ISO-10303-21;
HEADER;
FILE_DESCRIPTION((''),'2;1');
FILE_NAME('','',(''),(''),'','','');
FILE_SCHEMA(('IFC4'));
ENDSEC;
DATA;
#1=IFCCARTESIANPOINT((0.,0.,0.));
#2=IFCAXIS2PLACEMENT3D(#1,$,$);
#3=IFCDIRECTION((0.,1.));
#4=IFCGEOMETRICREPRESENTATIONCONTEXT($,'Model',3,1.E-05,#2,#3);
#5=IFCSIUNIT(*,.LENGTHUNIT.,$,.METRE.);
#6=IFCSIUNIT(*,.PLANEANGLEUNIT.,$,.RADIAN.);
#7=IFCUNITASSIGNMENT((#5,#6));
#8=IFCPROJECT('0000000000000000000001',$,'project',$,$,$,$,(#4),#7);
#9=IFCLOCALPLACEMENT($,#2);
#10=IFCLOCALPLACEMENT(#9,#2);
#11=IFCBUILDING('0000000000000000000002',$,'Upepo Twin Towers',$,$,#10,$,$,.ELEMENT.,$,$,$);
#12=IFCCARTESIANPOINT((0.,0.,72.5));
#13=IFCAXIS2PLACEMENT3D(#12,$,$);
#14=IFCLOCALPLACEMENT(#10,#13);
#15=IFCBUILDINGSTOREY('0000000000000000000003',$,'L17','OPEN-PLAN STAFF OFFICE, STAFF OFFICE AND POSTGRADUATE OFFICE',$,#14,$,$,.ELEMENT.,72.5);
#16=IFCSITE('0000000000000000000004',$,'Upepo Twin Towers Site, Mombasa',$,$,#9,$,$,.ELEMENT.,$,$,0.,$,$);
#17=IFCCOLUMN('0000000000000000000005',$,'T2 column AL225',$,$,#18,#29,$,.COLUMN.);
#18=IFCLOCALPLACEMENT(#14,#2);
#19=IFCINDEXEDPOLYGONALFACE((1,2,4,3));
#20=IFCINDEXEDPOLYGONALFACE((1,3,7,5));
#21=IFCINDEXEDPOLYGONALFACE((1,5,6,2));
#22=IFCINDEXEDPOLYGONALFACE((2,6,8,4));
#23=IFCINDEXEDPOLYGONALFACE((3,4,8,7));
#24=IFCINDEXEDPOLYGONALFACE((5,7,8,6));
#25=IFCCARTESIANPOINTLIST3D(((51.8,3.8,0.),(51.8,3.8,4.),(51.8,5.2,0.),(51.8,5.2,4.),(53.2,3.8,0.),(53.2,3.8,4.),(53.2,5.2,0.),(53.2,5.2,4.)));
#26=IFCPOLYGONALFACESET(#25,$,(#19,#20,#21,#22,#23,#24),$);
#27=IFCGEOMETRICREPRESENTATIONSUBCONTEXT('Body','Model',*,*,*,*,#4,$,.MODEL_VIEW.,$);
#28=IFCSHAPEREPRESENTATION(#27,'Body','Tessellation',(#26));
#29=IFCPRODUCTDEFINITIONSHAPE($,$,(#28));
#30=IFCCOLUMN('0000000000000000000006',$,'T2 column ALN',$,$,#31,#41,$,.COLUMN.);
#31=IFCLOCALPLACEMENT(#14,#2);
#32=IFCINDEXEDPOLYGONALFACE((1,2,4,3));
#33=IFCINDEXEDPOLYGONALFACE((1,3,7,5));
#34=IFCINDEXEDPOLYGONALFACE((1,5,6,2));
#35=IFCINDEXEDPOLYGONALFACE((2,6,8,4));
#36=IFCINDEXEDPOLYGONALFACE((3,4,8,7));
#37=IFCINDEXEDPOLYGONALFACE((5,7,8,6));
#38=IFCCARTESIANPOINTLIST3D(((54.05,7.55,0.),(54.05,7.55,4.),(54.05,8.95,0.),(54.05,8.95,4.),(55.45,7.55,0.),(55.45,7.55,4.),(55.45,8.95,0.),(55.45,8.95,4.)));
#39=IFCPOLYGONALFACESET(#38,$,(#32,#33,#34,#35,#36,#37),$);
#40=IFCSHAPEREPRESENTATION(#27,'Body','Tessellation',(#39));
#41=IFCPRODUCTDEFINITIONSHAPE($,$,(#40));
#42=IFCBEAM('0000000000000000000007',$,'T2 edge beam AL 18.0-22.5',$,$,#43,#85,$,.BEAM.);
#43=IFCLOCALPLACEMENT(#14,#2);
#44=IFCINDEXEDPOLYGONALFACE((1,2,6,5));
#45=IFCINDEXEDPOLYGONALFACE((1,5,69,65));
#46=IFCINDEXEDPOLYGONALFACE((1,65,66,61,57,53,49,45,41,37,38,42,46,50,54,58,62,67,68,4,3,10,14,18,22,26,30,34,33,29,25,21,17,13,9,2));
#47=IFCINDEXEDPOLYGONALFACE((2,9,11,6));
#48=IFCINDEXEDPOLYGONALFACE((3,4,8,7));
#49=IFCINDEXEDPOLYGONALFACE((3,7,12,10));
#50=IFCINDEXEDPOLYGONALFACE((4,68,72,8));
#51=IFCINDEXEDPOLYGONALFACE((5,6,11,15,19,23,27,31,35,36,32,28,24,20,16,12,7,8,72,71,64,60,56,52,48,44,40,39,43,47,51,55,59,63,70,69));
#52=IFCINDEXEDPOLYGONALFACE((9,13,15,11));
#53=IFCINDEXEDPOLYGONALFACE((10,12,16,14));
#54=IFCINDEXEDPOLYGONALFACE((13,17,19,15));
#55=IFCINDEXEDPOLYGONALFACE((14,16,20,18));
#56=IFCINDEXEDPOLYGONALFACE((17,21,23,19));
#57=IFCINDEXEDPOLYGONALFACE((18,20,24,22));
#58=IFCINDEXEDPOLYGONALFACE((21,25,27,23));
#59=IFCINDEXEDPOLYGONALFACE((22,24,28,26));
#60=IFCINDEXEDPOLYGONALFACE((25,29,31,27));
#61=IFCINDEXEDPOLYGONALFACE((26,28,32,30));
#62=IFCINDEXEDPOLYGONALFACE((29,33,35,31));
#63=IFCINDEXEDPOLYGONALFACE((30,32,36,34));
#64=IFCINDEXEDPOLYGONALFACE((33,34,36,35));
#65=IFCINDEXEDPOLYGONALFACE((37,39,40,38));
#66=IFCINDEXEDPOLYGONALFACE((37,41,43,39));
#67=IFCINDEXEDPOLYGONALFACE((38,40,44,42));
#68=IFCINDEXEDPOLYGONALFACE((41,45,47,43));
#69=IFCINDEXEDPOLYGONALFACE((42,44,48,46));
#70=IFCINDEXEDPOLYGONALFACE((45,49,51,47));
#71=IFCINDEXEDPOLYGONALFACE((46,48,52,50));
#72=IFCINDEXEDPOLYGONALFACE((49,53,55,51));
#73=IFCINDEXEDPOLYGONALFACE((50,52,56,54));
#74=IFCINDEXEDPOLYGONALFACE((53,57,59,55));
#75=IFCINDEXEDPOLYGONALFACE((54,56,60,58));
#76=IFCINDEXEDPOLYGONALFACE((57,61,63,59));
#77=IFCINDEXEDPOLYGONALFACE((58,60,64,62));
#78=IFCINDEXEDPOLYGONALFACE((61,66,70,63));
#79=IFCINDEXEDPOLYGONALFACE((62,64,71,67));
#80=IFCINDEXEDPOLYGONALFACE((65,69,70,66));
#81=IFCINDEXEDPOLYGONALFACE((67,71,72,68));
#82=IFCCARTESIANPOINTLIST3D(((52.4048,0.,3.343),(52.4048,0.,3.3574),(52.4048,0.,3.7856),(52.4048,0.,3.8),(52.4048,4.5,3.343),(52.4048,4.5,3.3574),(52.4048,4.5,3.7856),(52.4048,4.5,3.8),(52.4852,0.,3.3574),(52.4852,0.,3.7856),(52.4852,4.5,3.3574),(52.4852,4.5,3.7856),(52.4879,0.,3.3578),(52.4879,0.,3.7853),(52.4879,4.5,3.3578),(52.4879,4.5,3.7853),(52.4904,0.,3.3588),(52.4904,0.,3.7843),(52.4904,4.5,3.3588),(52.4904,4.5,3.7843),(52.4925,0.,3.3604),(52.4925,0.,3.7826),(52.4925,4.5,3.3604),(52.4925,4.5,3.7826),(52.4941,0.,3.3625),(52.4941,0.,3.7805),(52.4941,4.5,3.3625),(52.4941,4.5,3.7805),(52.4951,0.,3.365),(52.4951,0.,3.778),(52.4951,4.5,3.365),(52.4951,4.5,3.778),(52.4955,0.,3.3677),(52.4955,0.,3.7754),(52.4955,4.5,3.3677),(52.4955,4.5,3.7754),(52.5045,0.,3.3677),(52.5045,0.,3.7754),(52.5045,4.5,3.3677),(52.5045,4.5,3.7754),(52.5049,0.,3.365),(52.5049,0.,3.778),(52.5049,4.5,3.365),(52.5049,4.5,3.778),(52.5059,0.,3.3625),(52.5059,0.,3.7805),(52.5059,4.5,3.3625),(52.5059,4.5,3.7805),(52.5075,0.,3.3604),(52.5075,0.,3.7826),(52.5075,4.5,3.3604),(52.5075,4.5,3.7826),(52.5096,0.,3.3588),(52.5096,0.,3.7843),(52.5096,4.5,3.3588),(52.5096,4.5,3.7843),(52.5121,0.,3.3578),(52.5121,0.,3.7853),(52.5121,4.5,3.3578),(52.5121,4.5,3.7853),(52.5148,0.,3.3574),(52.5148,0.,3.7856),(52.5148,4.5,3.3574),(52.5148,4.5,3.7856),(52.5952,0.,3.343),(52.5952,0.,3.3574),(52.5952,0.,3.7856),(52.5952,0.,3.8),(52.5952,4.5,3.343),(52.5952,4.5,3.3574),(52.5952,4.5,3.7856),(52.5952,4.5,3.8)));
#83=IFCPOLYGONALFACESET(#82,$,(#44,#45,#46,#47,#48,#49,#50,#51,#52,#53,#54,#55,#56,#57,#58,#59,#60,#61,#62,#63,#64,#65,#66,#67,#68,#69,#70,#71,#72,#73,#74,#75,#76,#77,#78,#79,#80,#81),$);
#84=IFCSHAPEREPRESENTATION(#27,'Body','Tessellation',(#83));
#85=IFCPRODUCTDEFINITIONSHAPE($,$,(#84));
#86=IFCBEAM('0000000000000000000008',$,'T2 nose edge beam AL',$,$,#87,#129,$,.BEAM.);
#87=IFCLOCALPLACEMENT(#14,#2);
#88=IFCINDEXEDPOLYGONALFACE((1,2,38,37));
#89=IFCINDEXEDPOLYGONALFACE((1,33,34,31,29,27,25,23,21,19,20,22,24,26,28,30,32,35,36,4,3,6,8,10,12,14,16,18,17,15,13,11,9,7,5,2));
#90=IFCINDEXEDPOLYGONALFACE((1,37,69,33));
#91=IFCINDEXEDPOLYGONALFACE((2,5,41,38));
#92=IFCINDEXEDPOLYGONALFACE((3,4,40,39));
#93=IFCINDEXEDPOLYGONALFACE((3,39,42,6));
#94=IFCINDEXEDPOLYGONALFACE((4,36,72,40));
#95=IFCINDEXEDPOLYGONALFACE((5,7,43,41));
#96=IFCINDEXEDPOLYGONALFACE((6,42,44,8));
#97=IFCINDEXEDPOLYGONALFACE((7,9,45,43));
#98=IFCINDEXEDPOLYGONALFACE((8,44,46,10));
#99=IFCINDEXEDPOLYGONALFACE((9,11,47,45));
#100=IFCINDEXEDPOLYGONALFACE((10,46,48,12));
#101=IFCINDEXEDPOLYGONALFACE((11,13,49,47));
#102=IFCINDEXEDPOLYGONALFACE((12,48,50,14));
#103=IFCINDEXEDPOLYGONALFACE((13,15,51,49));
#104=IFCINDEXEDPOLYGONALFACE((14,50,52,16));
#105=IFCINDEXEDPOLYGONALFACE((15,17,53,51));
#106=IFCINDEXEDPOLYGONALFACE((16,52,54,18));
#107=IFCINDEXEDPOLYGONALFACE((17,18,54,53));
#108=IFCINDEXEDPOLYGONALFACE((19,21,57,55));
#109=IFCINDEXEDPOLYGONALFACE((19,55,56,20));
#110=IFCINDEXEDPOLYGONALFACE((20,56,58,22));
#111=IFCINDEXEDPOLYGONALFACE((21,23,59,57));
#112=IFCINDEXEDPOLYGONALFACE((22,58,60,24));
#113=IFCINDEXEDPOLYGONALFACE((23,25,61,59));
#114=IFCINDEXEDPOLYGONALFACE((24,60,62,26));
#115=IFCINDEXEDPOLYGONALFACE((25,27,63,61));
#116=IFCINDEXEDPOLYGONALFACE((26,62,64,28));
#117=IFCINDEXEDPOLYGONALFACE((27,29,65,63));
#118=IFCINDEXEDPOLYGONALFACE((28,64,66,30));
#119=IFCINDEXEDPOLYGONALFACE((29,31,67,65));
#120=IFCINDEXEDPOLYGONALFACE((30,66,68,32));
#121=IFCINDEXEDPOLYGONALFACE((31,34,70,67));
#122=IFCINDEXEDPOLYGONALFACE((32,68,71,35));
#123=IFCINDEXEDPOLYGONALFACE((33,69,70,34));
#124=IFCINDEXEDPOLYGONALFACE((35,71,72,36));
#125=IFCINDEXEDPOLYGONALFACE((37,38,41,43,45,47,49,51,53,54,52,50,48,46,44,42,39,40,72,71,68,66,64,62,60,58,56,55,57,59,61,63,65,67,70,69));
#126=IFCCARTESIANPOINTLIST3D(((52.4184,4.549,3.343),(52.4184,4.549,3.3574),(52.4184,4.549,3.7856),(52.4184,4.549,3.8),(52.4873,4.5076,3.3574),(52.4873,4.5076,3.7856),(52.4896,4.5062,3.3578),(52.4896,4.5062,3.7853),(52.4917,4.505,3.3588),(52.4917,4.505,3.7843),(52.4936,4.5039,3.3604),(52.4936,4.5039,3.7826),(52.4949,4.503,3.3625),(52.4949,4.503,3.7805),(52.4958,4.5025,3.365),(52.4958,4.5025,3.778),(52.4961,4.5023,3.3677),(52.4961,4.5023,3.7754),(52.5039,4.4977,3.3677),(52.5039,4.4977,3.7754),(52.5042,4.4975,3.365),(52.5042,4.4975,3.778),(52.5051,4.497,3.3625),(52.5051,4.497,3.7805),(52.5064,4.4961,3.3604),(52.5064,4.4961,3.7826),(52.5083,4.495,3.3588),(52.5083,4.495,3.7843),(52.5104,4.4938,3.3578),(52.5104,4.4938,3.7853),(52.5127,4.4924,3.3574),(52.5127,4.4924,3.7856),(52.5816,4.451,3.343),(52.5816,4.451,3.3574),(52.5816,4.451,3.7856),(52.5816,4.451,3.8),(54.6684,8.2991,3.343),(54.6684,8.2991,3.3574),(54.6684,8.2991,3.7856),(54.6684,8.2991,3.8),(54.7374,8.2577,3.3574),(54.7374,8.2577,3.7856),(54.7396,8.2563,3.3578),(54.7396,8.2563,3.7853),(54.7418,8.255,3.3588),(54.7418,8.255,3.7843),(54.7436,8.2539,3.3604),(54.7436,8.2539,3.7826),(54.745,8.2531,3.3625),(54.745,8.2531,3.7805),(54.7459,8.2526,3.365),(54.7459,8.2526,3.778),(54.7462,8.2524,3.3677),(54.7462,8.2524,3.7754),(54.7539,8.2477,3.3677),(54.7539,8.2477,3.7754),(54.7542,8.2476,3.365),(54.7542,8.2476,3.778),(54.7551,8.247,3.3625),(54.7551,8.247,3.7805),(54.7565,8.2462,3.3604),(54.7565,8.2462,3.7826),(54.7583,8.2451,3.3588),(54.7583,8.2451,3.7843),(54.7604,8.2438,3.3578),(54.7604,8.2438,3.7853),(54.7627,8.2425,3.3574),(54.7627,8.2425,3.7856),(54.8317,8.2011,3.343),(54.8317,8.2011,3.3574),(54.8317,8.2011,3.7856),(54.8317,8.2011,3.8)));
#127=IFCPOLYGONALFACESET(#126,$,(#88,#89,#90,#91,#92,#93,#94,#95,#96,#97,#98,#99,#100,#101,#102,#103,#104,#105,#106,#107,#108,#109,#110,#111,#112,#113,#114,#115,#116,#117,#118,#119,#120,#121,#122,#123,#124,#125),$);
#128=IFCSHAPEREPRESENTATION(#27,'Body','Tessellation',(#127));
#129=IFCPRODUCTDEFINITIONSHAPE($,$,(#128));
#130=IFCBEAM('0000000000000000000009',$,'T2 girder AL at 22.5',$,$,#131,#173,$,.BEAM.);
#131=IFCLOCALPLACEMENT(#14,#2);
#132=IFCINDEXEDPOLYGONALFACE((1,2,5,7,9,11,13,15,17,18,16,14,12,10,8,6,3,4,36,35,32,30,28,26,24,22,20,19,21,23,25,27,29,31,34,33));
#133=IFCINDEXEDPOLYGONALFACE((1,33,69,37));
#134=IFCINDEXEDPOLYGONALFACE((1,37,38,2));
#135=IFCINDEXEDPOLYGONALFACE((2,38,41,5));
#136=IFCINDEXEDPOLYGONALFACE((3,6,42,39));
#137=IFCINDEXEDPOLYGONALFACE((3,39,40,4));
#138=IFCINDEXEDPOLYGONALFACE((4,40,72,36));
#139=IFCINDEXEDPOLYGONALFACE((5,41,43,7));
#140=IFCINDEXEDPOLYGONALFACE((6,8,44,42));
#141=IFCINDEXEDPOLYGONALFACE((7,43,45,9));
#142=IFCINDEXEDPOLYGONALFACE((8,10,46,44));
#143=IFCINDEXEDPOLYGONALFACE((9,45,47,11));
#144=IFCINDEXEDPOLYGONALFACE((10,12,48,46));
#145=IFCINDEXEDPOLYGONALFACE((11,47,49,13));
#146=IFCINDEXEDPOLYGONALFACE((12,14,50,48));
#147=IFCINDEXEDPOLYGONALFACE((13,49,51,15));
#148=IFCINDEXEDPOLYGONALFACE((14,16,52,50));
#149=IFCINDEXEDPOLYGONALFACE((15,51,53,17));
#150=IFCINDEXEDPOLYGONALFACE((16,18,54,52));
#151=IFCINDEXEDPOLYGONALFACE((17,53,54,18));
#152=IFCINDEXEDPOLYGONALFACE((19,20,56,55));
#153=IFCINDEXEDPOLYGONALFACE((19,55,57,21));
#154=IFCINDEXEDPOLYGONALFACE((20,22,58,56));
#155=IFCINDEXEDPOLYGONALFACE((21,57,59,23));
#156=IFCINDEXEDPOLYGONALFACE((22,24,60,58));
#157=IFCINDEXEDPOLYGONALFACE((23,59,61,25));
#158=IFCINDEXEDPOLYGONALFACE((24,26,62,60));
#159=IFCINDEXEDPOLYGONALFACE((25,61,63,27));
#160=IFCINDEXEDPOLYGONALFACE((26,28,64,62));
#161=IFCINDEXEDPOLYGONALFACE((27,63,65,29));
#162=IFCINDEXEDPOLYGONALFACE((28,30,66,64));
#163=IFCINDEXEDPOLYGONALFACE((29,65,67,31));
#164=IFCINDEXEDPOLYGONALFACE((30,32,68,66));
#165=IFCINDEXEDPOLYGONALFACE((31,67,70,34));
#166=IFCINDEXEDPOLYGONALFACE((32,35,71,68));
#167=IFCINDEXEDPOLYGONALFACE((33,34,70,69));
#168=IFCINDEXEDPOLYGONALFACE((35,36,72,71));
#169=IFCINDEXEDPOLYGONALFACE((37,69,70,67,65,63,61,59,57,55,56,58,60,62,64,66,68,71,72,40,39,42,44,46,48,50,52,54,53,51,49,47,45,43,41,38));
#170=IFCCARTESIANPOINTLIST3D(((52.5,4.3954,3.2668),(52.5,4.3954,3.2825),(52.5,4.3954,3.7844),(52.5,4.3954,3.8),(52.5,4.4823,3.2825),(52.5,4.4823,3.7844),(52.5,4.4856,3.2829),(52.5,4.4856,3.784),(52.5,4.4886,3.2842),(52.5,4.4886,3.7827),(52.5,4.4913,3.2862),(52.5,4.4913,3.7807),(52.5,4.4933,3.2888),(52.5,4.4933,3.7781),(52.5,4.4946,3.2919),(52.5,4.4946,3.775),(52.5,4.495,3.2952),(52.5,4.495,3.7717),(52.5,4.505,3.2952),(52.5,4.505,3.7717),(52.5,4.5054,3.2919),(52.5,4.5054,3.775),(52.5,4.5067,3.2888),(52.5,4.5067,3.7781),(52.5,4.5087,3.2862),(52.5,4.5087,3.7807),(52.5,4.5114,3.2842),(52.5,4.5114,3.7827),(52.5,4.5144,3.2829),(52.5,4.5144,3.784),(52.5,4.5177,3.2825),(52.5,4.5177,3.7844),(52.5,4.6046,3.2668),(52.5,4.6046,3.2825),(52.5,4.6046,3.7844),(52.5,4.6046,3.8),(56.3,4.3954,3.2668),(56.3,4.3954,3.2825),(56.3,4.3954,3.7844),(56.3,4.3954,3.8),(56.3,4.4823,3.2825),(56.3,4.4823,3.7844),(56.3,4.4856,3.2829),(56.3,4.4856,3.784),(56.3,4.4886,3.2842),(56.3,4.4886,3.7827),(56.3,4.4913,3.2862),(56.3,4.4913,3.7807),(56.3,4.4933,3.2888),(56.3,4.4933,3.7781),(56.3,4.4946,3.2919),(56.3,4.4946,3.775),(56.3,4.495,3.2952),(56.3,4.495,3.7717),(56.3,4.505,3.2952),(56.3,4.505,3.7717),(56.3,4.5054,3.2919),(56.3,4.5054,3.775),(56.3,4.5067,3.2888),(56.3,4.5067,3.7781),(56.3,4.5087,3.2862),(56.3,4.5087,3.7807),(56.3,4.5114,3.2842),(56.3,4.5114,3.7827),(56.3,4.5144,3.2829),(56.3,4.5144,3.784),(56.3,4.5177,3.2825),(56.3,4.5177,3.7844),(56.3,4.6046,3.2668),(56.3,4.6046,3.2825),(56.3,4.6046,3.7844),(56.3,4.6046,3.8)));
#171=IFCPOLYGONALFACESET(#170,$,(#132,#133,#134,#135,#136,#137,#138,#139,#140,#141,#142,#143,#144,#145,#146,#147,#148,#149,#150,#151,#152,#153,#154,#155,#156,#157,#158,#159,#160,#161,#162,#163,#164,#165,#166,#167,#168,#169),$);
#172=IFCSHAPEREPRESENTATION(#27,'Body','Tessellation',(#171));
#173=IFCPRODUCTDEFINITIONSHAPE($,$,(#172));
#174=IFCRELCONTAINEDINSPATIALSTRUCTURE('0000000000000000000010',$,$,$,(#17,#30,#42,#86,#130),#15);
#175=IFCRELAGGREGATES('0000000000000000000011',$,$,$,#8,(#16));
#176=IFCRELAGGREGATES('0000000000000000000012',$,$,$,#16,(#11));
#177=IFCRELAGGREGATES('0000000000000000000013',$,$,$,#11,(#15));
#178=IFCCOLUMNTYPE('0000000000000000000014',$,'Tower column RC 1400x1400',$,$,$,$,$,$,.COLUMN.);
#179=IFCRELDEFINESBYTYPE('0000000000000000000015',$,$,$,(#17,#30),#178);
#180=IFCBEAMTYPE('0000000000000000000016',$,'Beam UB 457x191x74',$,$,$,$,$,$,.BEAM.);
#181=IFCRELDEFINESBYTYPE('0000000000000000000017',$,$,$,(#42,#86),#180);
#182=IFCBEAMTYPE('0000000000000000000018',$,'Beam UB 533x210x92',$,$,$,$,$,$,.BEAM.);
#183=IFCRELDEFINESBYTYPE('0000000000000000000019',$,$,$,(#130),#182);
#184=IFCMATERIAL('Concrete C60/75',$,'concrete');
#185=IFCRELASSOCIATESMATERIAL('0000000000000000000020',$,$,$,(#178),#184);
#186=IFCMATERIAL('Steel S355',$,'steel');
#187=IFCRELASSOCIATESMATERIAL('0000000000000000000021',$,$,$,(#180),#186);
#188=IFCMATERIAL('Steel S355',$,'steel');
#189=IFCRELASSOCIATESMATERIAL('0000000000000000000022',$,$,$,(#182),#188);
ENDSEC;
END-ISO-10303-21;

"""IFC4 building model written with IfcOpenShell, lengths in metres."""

from ifc_helpers import new_model, si_unit, direction, frame, origin, origin_2d, place, context, subcontext, project, spatial, rectangle, i_section, extrude, material, material_profile, profile_set, type_object, element, save


model = new_model("IFC4")

# Units and contexts
model_context = context("Model", 3, precision=1e-05, world=origin(), true_north=direction((0.0, 1.0)))
body_context = subcontext(model_context, "Body", "Model", "MODEL_VIEW")
ifc_project = project(units=[si_unit("LENGTHUNIT", "METRE"), si_unit("PLANEANGLEUNIT", "RADIAN")], contexts=[model_context])

# Site, building, storey
site_placement = place(None, origin())
site = spatial("IfcSite", under=ifc_project, at=site_placement, Name="Upepo Twin Towers Site, Mombasa", CompositionType="ELEMENT", RefElevation=0.0)
building_placement = place(site_placement, origin())
building = spatial("IfcBuilding", under=site, at=building_placement, Name="Upepo Twin Towers", CompositionType="ELEMENT")
storey_placement = place(building_placement, frame((0.0, 0.0, 72.5)))
storey = spatial("IfcBuildingStorey", under=building, at=storey_placement, Name="L17", Description="OPEN-PLAN STAFF OFFICE, STAFF OFFICE AND POSTGRADUATE OFFICE", CompositionType="ELEMENT", Elevation=72.5)

# Columns
ifc_material_1 = material(Name="Concrete C60/75", Category="concrete")
ifc_material_profile_1 = material_profile(ifc_material_1, rectangle(XDim=1.3999, YDim=1.3999, at=origin_2d()), Name="RC 1400x1400")
ifc_profile_set_1 = profile_set([ifc_material_profile_1], Name="Concrete C60/75")
column_type = type_object("IfcColumnType", Name="Tower column RC 1400x1400", PredefinedType="COLUMN", material=ifc_profile_set_1)
for number, where, z_axis, x_axis, name in (
    (1, (52.5, 4.5, 0.0), (0.0, 0.0, 1.0), (1.0, 0.0, 0.0), "T2 column AL225"),
    (2, (54.75, 8.25, 0.0), (0.0, 0.0, 1.0), (1.0, 0.0, 0.0), "T2 column ALN"),
):
    element("IfcColumn", number, at=place(storey_placement, frame(where, z_axis=z_axis, x_axis=x_axis)), inside=storey, type_object=column_type, Name=name, PredefinedType="COLUMN", context=body_context, shape_type="SweptSolid", body=[
        extrude(rectangle(XDim=1.3999, YDim=1.3999, at=origin_2d()), origin(), (0.0, 0.0, 1.0), 4.0),
    ])

# Beams
ifc_material_2 = material(Name="Steel S355", Category="steel")
ifc_material_profile_2 = material_profile(ifc_material_2, i_section(OverallWidth=0.1904, OverallDepth=0.457, WebThickness=0.009, FlangeThickness=0.0144, FilletRadius=0.0103, at=origin_2d()), Name="UB 457x191x74")
ifc_profile_set_2 = profile_set([ifc_material_profile_2], Name="Steel S355")
beam_type_1 = type_object("IfcBeamType", Name="Beam UB 457x191x74", PredefinedType="BEAM", material=ifc_profile_set_2)
beam_1_placement = place(storey_placement, frame((52.5, 0.0, 3.5715), z_axis=(0.0, 1.0, 0.0), x_axis=(-1.0, 0.0, 0.0)))
element("IfcBeam", 3, at=beam_1_placement, inside=storey, type_object=beam_type_1, Name="T2 edge beam AL 18.0-22.5", PredefinedType="BEAM", context=body_context, shape_type="SweptSolid", body=[
    extrude(i_section(OverallWidth=0.1904, OverallDepth=0.457, WebThickness=0.009, FlangeThickness=0.0144, FilletRadius=0.0103, at=origin_2d()), origin(), (0.0, 0.0, 1.0), 4.5),
])
beam_2_placement = place(storey_placement, frame((52.5, 4.5, 3.5715), z_axis=(0.514496, 0.857493, 0.0), x_axis=(-0.857493, 0.514496, 0.0)))
element("IfcBeam", 4, at=beam_2_placement, inside=storey, type_object=beam_type_1, Name="T2 nose edge beam AL", PredefinedType="BEAM", context=body_context, shape_type="SweptSolid", body=[
    extrude(i_section(OverallWidth=0.1904, OverallDepth=0.457, WebThickness=0.009, FlangeThickness=0.0144, FilletRadius=0.0103, at=origin_2d()), origin(), (0.0, 0.0, 1.0), 4.3733),
])
ifc_material_3 = material(Name="Steel S355", Category="steel")
ifc_material_profile_3 = material_profile(ifc_material_3, i_section(OverallWidth=0.2092, OverallDepth=0.5332, WebThickness=0.01, FlangeThickness=0.0156, FilletRadius=0.0127, at=origin_2d()), Name="UB 533x210x92")
ifc_profile_set_3 = profile_set([ifc_material_profile_3], Name="Steel S355")
beam_type_2 = type_object("IfcBeamType", Name="Beam UB 533x210x92", PredefinedType="BEAM", material=ifc_profile_set_3)
beam_3_placement = place(storey_placement, frame((52.5, 4.5, 3.5334), z_axis=(1.0, 0.0, 0.0), x_axis=(0.0, 1.0, 0.0)))
element("IfcBeam", 5, at=beam_3_placement, inside=storey, type_object=beam_type_2, Name="T2 girder AL at 22.5", PredefinedType="BEAM", context=body_context, shape_type="SweptSolid", body=[
    extrude(i_section(OverallWidth=0.2092, OverallDepth=0.5332, WebThickness=0.01, FlangeThickness=0.0156, FilletRadius=0.0127, at=origin_2d()), origin(), (0.0, 0.0, 1.0), 3.8),
])

save(model, "model.ifc")
